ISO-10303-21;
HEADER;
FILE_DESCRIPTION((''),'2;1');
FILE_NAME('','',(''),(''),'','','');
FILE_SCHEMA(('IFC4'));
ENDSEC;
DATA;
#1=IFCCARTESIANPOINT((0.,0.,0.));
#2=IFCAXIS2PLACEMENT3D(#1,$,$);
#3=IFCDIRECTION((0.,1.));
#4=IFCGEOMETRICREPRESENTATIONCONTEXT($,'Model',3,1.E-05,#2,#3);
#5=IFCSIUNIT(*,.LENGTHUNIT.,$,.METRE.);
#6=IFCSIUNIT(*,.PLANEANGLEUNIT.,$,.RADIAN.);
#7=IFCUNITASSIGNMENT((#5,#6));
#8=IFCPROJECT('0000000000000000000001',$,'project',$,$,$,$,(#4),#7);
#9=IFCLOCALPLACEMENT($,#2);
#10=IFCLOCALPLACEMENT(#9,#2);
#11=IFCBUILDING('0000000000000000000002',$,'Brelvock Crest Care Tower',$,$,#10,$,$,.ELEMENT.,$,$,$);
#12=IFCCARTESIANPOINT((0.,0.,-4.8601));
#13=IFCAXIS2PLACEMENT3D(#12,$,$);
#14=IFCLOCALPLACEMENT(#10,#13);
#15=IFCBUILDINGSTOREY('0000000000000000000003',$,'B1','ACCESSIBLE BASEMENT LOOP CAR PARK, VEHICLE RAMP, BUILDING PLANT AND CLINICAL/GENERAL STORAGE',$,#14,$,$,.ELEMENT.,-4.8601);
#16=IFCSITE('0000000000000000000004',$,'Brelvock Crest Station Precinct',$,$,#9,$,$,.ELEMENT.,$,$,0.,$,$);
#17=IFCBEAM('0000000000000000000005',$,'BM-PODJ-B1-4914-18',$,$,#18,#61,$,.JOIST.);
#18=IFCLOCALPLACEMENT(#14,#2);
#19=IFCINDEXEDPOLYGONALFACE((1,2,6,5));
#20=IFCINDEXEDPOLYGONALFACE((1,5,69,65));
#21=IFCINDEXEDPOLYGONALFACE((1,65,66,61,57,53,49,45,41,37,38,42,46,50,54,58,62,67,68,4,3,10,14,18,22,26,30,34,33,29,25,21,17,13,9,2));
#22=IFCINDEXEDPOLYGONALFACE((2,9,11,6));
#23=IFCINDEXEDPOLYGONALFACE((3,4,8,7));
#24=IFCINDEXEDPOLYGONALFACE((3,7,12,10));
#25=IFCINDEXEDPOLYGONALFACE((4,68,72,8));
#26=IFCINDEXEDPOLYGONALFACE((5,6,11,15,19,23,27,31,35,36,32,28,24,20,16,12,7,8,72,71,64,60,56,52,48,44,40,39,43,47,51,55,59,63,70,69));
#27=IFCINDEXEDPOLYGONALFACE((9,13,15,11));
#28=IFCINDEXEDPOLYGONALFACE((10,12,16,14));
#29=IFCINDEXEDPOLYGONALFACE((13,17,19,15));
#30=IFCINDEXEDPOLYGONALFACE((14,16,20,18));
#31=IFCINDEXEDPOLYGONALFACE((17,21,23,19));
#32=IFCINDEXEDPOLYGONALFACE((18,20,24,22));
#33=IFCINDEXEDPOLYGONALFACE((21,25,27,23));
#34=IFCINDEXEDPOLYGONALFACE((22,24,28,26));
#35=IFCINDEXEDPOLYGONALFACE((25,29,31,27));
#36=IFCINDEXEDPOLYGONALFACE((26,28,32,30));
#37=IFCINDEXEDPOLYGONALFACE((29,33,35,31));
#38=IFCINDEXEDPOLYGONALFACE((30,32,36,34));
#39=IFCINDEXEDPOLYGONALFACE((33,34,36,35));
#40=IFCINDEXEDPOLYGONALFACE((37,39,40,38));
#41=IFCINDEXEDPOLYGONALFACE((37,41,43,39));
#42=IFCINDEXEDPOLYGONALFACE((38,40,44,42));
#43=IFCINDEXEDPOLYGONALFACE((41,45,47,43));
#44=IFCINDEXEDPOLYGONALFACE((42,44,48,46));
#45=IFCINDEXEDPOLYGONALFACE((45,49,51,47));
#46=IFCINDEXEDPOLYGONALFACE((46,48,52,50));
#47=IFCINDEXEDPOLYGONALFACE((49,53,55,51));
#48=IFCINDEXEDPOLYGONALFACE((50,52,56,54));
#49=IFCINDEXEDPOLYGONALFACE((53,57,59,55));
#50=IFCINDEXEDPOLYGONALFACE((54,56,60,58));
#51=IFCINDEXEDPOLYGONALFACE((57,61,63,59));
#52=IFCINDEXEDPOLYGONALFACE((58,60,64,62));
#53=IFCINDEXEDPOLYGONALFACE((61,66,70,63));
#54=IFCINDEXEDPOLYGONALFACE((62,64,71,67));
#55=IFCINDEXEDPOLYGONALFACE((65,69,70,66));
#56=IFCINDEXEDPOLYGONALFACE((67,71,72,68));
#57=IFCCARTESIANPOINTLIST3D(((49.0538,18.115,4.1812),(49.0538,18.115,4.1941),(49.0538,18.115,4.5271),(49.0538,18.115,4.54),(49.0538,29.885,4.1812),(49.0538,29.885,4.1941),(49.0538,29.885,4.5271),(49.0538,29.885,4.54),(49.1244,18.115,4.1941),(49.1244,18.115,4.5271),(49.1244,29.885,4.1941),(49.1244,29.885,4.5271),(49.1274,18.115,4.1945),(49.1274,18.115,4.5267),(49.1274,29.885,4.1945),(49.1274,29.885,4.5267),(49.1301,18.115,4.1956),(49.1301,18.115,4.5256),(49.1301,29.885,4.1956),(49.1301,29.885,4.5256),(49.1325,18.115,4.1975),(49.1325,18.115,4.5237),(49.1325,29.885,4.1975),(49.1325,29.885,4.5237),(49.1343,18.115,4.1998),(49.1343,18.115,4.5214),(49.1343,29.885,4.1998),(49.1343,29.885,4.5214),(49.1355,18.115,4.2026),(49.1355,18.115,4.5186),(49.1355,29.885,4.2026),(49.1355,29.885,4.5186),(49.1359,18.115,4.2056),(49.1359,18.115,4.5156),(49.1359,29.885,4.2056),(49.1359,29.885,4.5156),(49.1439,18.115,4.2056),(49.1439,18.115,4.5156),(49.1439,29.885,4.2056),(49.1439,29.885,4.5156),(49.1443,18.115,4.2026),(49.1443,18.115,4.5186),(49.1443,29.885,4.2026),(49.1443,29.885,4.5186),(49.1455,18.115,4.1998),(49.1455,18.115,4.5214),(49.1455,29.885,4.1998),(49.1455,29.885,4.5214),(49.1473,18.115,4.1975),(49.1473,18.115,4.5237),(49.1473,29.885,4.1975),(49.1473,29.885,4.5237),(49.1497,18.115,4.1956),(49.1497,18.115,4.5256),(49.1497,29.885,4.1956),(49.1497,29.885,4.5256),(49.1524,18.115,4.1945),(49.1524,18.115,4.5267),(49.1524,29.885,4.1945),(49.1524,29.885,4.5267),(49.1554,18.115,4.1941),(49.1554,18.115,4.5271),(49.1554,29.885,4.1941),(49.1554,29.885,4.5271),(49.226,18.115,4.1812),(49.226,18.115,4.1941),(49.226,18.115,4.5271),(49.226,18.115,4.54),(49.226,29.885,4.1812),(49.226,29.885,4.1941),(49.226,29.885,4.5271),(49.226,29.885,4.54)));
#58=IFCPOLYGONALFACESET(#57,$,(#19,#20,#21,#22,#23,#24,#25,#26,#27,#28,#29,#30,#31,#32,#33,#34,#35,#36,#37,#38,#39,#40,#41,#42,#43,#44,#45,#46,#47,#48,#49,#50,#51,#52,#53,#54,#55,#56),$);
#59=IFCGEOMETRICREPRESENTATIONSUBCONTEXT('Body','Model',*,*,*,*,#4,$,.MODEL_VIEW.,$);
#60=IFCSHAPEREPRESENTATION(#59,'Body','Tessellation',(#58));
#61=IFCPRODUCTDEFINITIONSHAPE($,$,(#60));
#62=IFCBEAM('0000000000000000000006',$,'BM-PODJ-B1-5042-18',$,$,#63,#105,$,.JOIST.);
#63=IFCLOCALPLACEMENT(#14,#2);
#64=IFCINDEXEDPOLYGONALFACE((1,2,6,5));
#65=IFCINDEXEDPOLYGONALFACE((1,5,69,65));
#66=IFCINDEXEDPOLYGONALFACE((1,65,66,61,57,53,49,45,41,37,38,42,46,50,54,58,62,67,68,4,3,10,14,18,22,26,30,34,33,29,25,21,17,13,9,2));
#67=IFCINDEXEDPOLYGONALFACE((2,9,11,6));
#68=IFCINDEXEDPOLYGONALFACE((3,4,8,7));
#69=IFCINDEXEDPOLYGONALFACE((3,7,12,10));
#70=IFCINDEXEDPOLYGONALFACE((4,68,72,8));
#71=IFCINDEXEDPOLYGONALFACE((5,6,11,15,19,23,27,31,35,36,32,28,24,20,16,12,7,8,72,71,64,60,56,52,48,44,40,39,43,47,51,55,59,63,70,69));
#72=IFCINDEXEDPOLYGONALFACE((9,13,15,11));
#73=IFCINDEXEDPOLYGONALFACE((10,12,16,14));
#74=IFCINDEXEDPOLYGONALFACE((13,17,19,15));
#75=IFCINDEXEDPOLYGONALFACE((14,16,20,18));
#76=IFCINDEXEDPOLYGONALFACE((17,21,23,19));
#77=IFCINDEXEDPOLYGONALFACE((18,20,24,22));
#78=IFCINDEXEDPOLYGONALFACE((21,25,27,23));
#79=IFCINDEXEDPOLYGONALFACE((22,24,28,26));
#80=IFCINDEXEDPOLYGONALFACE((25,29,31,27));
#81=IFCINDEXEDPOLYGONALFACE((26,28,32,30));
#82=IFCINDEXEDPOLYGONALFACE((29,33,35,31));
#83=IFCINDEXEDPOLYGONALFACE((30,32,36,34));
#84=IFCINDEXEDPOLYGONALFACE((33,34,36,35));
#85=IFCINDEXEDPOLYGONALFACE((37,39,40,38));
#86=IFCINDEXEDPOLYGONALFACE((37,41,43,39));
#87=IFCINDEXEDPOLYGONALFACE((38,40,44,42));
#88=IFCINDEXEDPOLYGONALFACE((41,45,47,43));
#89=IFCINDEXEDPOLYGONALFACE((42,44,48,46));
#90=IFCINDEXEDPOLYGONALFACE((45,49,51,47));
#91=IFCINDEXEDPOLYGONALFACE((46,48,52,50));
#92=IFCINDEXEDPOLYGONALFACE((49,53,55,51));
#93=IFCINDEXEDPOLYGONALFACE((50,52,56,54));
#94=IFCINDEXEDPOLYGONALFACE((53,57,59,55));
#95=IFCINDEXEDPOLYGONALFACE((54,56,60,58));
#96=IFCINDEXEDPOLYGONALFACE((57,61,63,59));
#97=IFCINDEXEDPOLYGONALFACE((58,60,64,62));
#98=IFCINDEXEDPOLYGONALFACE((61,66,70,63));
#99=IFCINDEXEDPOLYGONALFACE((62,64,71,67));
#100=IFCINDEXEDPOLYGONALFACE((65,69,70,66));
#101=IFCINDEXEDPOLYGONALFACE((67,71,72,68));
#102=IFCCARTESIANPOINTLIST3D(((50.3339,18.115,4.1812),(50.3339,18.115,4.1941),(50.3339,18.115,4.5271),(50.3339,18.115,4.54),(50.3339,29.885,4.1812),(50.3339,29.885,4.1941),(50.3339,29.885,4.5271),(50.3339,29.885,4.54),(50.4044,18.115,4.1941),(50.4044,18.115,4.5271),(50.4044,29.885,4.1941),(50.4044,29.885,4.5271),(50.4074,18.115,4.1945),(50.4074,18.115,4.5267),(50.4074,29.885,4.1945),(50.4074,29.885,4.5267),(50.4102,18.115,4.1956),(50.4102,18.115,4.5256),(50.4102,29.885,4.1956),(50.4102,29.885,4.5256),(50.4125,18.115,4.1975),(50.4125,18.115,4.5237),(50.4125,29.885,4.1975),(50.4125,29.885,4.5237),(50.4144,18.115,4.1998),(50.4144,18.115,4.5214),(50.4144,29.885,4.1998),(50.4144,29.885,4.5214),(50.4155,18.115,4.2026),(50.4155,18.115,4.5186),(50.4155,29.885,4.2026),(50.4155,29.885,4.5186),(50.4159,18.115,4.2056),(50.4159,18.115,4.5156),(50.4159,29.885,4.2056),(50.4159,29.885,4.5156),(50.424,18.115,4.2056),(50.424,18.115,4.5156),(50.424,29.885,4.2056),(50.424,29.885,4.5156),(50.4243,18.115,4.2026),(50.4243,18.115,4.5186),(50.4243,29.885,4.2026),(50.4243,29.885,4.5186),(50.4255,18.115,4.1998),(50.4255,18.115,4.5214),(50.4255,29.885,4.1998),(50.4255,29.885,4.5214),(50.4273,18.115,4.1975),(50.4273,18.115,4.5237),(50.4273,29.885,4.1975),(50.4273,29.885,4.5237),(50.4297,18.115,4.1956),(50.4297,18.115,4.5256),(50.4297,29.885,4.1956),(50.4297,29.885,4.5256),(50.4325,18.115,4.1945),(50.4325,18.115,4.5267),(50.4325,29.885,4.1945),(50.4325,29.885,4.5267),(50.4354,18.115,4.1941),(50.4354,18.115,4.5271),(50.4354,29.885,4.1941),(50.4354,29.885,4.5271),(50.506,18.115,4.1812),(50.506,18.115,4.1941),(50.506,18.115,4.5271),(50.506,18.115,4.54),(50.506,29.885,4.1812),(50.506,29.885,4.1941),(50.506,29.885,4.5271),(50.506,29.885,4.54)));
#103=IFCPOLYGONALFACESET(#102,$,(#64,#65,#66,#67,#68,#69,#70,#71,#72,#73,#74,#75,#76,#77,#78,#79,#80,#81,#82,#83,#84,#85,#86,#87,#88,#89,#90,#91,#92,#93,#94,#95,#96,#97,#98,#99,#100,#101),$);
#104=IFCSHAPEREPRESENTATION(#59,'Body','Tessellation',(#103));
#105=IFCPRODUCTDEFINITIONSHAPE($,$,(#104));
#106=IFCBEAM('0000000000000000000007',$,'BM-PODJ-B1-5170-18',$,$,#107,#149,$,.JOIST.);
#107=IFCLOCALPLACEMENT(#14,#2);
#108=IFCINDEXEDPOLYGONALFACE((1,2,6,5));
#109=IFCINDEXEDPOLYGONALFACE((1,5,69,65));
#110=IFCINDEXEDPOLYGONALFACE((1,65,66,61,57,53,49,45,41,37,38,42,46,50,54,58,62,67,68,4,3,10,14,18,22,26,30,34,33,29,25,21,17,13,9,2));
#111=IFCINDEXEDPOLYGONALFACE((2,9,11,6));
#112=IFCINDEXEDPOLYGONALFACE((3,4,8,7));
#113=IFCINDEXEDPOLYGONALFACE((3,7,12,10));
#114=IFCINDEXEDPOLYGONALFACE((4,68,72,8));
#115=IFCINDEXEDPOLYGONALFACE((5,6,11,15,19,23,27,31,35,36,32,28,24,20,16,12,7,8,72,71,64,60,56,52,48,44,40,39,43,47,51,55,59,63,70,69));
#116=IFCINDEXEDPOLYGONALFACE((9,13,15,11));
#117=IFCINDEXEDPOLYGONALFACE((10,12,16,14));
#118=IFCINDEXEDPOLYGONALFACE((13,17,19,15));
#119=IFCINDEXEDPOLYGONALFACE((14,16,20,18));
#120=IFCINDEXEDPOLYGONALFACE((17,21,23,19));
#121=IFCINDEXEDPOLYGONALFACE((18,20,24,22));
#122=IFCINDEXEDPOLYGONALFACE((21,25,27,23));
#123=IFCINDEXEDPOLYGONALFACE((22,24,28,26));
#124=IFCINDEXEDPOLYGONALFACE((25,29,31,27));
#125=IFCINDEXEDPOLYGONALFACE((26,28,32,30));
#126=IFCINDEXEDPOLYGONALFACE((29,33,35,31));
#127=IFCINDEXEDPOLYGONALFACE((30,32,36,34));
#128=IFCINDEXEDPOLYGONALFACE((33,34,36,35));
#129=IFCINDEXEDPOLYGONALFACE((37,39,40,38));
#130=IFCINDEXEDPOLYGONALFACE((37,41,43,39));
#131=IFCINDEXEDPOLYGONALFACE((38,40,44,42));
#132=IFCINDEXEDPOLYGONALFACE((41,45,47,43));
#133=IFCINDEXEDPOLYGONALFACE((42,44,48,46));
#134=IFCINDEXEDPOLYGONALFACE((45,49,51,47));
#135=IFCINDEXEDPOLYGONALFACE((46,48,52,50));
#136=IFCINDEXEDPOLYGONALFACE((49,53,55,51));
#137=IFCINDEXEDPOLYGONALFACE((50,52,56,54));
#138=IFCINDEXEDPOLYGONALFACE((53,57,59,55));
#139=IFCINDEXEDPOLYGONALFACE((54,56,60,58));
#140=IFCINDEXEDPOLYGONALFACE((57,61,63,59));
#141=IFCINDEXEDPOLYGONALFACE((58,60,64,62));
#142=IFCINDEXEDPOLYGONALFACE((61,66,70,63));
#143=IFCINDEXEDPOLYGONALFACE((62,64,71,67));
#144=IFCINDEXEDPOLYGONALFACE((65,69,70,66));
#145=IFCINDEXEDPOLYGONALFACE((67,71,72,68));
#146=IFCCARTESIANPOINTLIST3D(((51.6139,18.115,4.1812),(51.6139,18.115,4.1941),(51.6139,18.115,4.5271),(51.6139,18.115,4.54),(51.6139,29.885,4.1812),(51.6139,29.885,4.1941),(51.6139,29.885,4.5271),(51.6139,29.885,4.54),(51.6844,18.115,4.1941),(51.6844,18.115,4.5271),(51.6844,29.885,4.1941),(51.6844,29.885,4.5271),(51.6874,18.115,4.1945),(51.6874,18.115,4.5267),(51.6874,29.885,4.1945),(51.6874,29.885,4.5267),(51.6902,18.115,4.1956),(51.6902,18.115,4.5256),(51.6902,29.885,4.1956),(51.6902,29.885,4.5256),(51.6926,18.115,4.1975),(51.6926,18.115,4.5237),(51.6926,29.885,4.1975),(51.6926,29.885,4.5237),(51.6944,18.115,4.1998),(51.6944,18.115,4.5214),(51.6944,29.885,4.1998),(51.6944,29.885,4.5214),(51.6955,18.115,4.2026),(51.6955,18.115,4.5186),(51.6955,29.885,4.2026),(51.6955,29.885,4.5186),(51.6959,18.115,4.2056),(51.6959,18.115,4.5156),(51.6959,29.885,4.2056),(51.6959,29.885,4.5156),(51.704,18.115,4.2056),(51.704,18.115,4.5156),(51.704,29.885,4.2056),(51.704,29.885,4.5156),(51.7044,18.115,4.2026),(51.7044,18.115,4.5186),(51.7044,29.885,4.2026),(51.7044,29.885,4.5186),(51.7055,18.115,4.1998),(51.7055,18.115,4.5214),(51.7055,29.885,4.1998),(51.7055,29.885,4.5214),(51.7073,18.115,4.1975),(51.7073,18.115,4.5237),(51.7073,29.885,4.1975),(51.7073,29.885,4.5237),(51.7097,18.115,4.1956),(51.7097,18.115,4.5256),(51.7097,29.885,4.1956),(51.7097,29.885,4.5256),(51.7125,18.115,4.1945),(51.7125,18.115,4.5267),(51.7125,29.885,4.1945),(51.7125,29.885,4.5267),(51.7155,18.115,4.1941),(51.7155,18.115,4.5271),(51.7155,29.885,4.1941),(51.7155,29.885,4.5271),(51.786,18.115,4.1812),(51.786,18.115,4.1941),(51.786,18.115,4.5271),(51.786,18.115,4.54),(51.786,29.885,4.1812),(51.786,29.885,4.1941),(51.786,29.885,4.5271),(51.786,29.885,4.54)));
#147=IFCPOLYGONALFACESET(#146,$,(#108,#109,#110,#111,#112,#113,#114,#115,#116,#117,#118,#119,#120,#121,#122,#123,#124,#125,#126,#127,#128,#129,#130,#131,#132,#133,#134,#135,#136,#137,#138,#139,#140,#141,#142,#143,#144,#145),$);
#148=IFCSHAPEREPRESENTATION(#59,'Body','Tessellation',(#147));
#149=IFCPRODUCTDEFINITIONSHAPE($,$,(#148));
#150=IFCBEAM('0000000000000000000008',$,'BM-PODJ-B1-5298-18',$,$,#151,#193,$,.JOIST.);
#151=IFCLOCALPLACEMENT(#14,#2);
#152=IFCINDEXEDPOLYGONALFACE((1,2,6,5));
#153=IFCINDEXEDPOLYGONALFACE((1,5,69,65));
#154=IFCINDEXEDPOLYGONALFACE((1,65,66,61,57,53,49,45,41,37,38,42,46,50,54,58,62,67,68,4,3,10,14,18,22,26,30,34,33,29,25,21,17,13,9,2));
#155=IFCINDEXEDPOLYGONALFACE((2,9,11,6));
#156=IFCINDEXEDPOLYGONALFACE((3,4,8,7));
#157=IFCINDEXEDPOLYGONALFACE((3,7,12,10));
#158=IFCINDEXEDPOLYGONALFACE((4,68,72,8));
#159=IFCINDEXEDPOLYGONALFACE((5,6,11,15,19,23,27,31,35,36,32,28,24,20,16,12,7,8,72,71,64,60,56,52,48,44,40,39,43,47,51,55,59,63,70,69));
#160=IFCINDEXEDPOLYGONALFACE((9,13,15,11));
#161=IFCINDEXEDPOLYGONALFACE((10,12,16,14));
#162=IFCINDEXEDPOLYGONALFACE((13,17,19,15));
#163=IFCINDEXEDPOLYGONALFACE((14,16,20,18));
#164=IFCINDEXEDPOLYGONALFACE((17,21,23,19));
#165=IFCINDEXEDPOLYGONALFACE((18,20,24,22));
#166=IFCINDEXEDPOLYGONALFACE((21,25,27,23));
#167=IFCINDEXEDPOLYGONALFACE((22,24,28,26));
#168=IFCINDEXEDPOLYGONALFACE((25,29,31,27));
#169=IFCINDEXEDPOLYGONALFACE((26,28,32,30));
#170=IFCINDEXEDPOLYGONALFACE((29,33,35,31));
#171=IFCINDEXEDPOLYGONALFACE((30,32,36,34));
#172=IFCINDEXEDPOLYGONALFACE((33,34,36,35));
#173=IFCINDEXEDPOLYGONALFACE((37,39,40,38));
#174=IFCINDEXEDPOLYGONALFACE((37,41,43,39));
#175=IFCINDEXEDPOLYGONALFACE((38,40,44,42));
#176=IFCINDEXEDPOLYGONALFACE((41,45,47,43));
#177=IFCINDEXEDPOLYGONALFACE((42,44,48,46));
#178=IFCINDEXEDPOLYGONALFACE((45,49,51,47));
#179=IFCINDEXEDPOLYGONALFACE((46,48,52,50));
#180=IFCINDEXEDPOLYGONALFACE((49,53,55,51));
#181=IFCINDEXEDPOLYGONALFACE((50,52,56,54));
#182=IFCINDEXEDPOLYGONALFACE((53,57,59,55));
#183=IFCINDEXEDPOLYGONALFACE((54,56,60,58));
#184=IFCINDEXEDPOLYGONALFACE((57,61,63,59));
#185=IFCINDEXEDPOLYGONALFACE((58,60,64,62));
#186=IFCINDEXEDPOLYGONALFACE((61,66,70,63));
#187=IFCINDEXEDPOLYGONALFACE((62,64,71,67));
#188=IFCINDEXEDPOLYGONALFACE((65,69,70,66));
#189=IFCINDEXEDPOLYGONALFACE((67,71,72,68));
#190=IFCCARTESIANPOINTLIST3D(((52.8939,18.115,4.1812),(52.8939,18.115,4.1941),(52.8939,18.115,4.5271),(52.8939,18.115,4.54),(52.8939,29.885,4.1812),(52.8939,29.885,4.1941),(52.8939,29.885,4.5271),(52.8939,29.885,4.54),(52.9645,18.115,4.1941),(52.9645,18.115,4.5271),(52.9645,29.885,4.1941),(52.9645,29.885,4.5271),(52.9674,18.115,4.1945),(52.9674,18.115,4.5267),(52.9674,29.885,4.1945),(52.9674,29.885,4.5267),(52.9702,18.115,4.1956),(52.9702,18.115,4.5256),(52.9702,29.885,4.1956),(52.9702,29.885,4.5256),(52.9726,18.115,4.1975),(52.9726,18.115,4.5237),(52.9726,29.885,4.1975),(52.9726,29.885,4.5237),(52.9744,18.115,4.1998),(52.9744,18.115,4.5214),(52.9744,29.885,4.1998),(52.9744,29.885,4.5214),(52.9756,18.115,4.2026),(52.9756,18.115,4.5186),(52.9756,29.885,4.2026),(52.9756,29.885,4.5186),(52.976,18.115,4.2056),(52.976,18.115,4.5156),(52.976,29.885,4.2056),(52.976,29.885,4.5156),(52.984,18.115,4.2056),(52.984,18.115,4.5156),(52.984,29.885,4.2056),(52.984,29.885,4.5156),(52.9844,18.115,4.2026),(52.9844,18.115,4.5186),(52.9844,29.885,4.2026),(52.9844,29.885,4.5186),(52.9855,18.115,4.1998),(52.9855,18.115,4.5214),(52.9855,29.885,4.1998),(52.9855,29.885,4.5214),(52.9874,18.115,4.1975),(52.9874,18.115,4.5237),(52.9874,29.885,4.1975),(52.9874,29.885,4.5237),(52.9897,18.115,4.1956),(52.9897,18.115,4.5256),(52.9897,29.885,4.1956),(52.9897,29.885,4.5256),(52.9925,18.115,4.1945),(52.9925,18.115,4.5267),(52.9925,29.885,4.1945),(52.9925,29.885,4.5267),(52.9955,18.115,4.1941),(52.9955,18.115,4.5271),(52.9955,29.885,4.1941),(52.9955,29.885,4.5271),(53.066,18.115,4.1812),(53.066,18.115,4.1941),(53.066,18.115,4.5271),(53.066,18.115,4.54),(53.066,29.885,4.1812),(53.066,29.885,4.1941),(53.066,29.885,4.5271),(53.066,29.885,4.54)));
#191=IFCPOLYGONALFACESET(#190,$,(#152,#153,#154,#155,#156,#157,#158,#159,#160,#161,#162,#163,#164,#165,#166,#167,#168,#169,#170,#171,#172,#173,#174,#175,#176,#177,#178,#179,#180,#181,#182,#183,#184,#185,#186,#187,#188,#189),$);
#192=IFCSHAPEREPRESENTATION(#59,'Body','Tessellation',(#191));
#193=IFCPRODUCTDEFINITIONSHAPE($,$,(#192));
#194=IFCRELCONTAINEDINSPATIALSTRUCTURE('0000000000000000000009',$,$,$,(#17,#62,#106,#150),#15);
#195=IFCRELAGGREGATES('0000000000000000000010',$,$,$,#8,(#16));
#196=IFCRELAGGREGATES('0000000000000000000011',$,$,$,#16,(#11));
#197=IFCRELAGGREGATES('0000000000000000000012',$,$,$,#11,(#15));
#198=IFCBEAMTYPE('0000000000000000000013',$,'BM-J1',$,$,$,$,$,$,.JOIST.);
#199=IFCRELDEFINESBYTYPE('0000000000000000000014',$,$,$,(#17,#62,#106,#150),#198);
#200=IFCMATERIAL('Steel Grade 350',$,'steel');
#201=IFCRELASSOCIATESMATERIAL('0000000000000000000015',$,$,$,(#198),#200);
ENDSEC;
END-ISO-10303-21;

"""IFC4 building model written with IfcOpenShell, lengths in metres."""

from ifc_helpers import new_model, si_unit, direction, frame, origin, origin_2d, place, context, subcontext, project, spatial, i_section, extrude, source, transform, mapped, material, material_profile, profile_set, type_object, element, save


model = new_model("IFC4")

# Units and contexts
model_context = context("Model", 3, precision=1e-05, world=origin(), true_north=direction((0.0, 1.0)))
body_context = subcontext(model_context, "Body", "Model", "MODEL_VIEW")
ifc_project = project(units=[si_unit("LENGTHUNIT", "METRE"), si_unit("PLANEANGLEUNIT", "RADIAN")], contexts=[model_context])

# Site, building, storey
site_placement = place(None, origin())
site = spatial("IfcSite", under=ifc_project, at=site_placement, Name="Brelvock Crest Station Precinct", CompositionType="ELEMENT", RefElevation=0.0)
building_placement = place(site_placement, origin())
building = spatial("IfcBuilding", under=site, at=building_placement, Name="Brelvock Crest Care Tower", CompositionType="ELEMENT")
storey_placement = place(building_placement, frame((0.0, 0.0, -4.8601)))
storey = spatial("IfcBuildingStorey", under=building, at=storey_placement, Name="B1", Description="ACCESSIBLE BASEMENT LOOP CAR PARK, VEHICLE RAMP, BUILDING PLANT AND CLINICAL/GENERAL STORAGE", CompositionType="ELEMENT", Elevation=-4.8601)

# Shared definitions
ifc_material_1 = material(Name="Steel Grade 350", Category="steel")

# Beams
ifc_material_profile_1 = material_profile(ifc_material_1, i_section(OverallWidth=0.1721, OverallDepth=0.3589, WebThickness=0.0081, FlangeThickness=0.0129, FilletRadius=0.0115, at=origin_2d()), Name="360UB56.7")
ifc_profile_set_1 = profile_set([ifc_material_profile_1], Name="Steel Grade 350")
beam_type_1 = type_object("IfcBeamType", Name="BM-J1", PredefinedType="JOIST", material=ifc_profile_set_1)
shared_shape_1 = source(origin(), body_context, "Body", "SweptSolid", [
    extrude(i_section(OverallWidth=0.1721, OverallDepth=0.3589, WebThickness=0.0081, FlangeThickness=0.0129, FilletRadius=0.0115, at=origin_2d()), origin(), (0.0, 0.0, 1.0), 11.77),
])
for number, where, z_axis, x_axis, name in (
    (1, (49.1399, 18.115, 4.3606), (0.0, 1.0, 0.0), (-1.0, 0.0, 0.0), "BM-PODJ-B1-4914-18"),
    (2, (50.4199, 18.115, 4.3606), (0.0, 1.0, 0.0), (-1.0, 0.0, 0.0), "BM-PODJ-B1-5042-18"),
    (3, (51.7, 18.115, 4.3606), (0.0, 1.0, 0.0), (-1.0, 0.0, 0.0), "BM-PODJ-B1-5170-18"),
    (4, (52.98, 18.115, 4.3606), (0.0, 1.0, 0.0), (-1.0, 0.0, 0.0), "BM-PODJ-B1-5298-18"),
):
    element("IfcBeam", number, at=place(storey_placement, frame(where, z_axis=z_axis, x_axis=x_axis)), inside=storey, type_object=beam_type_1, Name=name, PredefinedType="JOIST", context=body_context, shape_type="MappedRepresentation", body=[
        mapped(shared_shape_1, transform((0.0, 0.0, 0.0), x_axis=(1.0, 0.0, 0.0), y_axis=(0.0, 1.0, 0.0), z_axis=(0.0, 0.0, 1.0), scale=1.0)),
    ])

save(model, "model.ifc")
